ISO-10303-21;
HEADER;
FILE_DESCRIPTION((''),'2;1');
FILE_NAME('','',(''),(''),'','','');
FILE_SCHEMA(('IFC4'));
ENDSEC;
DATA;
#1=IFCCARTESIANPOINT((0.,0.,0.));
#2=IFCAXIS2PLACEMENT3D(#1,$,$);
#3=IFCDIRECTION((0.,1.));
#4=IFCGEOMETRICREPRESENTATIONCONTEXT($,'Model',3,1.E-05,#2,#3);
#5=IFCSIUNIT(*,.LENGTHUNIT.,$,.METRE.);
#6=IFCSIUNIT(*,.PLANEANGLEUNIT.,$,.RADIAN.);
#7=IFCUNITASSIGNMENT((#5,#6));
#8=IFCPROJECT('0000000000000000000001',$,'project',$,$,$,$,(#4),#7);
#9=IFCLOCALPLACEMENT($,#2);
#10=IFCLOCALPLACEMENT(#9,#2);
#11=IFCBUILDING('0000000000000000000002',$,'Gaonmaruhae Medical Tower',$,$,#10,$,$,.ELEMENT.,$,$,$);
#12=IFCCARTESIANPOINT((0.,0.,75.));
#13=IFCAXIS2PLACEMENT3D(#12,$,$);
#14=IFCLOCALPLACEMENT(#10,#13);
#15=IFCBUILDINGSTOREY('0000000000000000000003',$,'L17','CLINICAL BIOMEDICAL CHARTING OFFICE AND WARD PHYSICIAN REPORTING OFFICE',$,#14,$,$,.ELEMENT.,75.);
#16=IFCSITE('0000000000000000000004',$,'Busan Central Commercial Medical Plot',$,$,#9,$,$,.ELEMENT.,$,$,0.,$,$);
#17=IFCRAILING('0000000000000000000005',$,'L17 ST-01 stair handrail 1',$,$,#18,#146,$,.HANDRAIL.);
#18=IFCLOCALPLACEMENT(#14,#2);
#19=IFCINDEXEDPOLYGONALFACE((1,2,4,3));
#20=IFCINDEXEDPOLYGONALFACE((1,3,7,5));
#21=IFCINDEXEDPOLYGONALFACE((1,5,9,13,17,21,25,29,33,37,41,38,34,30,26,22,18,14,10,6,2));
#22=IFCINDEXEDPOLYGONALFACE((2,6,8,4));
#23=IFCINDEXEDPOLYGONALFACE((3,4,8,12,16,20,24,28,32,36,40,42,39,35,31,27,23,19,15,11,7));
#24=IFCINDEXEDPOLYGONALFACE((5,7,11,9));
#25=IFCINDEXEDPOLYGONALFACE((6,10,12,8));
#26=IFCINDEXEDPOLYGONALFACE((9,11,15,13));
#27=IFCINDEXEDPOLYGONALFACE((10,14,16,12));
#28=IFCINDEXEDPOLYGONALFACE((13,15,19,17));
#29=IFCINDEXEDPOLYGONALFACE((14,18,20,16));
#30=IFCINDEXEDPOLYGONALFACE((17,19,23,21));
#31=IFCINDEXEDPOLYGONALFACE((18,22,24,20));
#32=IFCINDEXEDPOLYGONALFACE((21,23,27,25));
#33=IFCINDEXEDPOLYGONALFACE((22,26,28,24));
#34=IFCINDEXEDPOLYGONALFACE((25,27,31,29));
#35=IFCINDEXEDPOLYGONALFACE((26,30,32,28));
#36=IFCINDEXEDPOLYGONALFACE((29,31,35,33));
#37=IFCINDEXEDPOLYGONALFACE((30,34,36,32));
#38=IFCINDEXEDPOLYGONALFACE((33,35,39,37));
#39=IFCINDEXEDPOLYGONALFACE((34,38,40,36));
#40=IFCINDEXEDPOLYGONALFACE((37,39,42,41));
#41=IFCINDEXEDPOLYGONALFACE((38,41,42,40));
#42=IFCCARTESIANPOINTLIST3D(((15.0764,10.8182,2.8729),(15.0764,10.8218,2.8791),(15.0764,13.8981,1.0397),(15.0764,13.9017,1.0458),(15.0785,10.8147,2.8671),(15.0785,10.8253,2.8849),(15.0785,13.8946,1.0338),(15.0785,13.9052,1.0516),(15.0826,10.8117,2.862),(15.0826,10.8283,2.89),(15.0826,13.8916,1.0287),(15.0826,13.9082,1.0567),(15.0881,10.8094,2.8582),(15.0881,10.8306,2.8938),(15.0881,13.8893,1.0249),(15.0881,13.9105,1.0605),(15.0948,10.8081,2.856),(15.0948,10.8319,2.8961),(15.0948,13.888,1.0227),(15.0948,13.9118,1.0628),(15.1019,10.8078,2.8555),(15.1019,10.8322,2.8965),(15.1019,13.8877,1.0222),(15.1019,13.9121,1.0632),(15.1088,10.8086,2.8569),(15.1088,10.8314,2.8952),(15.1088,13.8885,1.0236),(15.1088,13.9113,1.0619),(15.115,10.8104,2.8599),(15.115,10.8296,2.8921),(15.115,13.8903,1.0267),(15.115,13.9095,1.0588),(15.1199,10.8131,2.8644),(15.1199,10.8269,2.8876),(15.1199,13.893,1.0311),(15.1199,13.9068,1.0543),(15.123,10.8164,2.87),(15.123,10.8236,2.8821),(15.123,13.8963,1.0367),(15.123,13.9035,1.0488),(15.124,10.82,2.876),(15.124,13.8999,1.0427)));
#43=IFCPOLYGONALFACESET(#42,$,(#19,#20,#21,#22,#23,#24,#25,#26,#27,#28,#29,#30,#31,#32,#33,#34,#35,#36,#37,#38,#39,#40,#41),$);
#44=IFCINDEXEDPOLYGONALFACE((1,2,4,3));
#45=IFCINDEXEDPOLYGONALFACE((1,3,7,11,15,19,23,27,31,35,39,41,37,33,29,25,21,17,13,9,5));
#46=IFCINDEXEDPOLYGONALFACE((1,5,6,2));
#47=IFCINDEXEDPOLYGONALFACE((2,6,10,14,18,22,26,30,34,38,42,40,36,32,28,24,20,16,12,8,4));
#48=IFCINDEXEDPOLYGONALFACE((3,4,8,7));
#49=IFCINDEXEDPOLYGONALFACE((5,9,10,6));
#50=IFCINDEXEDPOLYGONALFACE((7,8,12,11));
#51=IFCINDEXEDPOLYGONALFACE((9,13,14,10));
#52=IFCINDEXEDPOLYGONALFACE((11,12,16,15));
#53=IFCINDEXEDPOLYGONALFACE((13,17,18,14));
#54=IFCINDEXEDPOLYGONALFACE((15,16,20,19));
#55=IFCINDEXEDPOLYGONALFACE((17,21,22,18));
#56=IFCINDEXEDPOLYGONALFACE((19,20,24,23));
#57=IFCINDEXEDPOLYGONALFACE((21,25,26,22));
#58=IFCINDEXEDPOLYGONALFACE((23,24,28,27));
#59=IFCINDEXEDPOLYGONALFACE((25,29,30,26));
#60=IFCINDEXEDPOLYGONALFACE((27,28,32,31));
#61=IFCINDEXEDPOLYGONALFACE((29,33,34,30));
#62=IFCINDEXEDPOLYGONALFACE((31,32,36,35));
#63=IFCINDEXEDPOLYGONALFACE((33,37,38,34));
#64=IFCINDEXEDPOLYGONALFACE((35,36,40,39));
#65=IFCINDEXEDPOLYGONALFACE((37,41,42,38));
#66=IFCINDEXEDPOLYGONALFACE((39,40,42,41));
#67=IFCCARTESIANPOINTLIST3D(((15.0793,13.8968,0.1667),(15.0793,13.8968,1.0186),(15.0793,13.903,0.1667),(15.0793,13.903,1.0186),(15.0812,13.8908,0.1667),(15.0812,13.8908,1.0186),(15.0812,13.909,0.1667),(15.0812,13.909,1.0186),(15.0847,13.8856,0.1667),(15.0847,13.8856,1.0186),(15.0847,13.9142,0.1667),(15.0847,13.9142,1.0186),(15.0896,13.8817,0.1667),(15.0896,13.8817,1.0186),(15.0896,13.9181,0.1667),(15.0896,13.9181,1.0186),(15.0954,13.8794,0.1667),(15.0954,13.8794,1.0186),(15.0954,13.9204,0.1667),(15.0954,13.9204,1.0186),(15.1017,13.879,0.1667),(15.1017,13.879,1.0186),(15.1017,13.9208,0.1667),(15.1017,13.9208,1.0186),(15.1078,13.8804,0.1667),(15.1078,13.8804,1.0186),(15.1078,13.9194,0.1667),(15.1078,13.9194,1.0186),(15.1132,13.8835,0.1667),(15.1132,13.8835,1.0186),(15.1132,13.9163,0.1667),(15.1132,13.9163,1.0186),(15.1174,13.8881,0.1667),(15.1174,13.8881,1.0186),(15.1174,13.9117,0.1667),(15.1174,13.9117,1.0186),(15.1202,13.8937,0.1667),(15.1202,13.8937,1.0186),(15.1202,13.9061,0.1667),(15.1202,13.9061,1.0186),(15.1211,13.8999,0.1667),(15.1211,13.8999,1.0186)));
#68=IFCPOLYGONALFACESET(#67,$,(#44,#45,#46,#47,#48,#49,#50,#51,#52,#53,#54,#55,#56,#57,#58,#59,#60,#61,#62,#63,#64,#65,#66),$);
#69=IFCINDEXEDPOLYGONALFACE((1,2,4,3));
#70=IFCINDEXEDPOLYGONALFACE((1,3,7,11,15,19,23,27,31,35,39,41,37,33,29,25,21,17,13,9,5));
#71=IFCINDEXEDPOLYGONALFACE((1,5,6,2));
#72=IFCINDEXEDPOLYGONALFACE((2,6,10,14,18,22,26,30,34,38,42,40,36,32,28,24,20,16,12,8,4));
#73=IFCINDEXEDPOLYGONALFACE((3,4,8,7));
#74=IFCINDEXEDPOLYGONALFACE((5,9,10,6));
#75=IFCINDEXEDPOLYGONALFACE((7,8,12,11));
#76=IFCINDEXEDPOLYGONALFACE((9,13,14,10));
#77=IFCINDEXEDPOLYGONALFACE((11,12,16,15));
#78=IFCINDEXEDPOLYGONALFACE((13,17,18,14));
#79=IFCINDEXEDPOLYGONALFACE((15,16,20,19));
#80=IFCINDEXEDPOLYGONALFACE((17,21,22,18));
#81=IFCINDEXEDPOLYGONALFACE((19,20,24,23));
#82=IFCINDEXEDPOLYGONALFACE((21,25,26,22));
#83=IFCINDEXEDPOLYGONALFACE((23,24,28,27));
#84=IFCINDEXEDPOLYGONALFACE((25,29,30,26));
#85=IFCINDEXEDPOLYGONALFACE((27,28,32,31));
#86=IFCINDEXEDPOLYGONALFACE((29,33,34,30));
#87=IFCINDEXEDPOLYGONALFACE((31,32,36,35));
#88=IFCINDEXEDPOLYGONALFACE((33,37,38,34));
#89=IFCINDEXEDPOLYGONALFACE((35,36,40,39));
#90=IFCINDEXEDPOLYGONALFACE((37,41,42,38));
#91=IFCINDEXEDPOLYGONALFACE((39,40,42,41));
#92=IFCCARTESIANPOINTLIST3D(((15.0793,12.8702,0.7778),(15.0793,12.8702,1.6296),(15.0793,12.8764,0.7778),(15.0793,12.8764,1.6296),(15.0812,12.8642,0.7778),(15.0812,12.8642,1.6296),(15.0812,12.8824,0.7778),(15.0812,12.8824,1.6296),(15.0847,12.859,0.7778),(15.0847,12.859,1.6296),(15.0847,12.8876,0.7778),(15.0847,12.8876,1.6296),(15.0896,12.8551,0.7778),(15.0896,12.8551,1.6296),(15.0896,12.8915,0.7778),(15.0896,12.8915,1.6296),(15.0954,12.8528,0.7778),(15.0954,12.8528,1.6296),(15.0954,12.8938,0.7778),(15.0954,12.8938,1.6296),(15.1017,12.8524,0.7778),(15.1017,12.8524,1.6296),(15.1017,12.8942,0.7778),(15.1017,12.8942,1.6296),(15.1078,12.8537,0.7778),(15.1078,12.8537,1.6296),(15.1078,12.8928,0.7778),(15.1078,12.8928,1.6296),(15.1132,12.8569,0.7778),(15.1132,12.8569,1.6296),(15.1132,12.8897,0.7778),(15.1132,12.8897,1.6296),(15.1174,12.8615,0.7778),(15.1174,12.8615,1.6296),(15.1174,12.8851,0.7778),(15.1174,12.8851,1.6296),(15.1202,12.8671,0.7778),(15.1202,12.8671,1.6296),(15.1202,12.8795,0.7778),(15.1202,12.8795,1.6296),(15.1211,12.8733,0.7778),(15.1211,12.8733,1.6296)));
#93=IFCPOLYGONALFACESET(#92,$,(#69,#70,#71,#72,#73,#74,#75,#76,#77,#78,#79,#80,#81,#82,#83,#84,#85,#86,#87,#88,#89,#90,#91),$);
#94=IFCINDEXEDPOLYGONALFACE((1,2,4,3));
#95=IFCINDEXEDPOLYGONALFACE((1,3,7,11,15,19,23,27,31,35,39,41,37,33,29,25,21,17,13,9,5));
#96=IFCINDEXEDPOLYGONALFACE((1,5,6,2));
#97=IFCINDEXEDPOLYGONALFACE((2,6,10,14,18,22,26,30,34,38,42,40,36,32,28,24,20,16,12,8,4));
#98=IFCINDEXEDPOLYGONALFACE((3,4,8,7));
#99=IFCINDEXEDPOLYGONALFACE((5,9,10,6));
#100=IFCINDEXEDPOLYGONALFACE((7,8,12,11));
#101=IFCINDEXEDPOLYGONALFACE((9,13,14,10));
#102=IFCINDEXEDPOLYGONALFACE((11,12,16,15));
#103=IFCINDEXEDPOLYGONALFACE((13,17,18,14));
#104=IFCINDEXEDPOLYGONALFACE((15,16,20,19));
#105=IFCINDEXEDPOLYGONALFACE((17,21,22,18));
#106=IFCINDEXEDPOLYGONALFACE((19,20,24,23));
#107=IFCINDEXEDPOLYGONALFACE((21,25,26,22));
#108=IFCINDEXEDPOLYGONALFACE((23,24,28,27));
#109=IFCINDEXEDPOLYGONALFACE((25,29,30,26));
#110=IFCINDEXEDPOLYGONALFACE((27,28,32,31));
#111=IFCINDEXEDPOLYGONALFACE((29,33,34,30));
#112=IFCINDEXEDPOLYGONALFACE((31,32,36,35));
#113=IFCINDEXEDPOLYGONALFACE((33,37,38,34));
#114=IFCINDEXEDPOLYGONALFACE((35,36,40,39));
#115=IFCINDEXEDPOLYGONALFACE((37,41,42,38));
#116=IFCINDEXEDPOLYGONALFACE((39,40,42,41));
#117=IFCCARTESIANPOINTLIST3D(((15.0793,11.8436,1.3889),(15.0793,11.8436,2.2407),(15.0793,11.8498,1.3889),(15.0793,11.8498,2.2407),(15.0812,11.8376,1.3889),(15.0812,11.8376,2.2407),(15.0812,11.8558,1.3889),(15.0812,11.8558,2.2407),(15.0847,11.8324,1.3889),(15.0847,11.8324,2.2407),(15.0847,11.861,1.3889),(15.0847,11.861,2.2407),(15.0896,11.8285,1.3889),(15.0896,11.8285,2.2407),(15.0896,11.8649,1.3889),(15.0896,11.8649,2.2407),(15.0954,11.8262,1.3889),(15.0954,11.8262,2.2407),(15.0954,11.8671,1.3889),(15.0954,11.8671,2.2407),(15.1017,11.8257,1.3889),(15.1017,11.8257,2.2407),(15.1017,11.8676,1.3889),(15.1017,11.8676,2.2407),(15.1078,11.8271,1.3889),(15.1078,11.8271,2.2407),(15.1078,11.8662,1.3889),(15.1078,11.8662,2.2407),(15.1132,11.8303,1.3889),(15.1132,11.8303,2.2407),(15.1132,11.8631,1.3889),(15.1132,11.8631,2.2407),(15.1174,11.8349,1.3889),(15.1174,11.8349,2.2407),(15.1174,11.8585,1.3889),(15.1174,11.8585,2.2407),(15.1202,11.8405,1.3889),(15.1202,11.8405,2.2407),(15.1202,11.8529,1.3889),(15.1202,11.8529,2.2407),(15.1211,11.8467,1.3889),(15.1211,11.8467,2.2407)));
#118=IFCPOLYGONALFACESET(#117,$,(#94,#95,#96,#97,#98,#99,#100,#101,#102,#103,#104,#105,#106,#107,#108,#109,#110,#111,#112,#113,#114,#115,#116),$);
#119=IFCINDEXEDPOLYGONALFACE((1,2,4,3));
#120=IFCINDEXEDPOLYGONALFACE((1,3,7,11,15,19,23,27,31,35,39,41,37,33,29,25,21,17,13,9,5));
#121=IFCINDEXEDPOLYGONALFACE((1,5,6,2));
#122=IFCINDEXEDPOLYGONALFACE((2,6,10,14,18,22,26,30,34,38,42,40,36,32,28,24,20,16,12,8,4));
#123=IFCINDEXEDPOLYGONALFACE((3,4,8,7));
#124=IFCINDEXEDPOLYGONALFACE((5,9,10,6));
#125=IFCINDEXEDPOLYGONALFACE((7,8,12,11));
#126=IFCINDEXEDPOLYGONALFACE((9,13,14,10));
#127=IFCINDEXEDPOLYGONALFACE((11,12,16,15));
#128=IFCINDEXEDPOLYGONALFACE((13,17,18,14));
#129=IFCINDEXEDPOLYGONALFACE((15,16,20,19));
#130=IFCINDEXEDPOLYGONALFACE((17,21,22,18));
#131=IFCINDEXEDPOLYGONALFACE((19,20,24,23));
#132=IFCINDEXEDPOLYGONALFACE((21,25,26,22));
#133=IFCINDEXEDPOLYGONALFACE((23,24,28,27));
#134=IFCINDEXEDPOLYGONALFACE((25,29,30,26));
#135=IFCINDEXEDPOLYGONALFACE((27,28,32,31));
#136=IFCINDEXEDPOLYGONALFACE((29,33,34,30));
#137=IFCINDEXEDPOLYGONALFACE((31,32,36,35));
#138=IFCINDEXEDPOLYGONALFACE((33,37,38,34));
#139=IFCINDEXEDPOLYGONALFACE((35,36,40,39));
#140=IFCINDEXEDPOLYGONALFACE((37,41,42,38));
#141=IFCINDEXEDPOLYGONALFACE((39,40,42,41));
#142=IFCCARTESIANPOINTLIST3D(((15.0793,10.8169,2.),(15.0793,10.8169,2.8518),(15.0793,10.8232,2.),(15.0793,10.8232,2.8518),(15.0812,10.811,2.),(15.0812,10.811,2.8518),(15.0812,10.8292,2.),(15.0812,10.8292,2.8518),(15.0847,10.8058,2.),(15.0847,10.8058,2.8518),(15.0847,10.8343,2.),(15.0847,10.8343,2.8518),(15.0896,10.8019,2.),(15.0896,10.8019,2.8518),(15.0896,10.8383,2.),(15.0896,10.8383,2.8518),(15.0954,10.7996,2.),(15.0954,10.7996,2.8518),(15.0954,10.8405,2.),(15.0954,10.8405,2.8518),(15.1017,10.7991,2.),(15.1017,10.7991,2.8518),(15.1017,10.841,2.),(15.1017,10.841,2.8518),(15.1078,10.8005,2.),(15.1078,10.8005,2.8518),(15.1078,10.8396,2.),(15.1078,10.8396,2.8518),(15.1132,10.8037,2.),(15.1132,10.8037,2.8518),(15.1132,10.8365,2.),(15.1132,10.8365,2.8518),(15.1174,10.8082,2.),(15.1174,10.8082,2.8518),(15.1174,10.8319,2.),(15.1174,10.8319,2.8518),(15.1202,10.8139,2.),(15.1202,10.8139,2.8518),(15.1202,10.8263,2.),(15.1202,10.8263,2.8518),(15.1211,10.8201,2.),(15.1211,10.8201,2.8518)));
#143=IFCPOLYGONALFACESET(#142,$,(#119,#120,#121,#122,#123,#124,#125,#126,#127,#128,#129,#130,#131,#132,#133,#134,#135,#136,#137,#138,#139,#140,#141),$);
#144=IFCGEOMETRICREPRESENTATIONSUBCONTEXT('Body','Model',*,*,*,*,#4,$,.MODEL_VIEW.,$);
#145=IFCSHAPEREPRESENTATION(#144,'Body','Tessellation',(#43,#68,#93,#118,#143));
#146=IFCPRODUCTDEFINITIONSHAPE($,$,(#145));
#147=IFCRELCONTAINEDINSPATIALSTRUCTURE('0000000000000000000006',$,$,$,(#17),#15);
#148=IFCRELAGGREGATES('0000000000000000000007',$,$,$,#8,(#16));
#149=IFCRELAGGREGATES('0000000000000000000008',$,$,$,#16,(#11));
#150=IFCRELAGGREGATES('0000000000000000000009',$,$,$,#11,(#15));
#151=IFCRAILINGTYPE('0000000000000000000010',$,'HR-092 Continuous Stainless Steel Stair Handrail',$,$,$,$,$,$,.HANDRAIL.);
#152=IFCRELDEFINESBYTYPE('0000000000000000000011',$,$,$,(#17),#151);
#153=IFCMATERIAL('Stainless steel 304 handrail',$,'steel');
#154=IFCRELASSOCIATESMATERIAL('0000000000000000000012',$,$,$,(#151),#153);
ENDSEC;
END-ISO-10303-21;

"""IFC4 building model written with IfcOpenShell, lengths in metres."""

from ifc_helpers import new_model, si_unit, direction, frame, origin, origin_2d, place, context, subcontext, project, spatial, circle, extrude, material, type_object, element, save


model = new_model("IFC4")

# Units and contexts
model_context = context("Model", 3, precision=1e-05, world=origin(), true_north=direction((0.0, 1.0)))
body_context = subcontext(model_context, "Body", "Model", "MODEL_VIEW")
ifc_project = project(units=[si_unit("LENGTHUNIT", "METRE"), si_unit("PLANEANGLEUNIT", "RADIAN")], contexts=[model_context])

# Site, building, storey
site_placement = place(None, origin())
site = spatial("IfcSite", under=ifc_project, at=site_placement, Name="Busan Central Commercial Medical Plot", CompositionType="ELEMENT", RefElevation=0.0)
building_placement = place(site_placement, origin())
building = spatial("IfcBuilding", under=site, at=building_placement, Name="Gaonmaruhae Medical Tower", CompositionType="ELEMENT")
storey_placement = place(building_placement, frame((0.0, 0.0, 75.0)))
storey = spatial("IfcBuildingStorey", under=building, at=storey_placement, Name="L17", Description="CLINICAL BIOMEDICAL CHARTING OFFICE AND WARD PHYSICIAN REPORTING OFFICE", CompositionType="ELEMENT", Elevation=75.0)

# Railing
ifc_material_1 = material(Name="Stainless steel 304 handrail", Category="steel")
railing_type_1 = type_object("IfcRailingType", Name="HR-092 Continuous Stainless Steel Stair Handrail", PredefinedType="HANDRAIL", material=ifc_material_1)
railing_1_placement = place(storey_placement, frame((15.1001, 13.8999, 0.1667)))
element("IfcRailing", 1, at=railing_1_placement, inside=storey, type_object=railing_type_1, Name="L17 ST-01 stair handrail 1", PredefinedType="HANDRAIL", context=body_context, shape_type="SweptSolid", body=[
    extrude(circle(Radius=0.0239, at=origin_2d()), frame((0.0, 0.0, 0.876), z_axis=(0.0, -0.859291, 0.511487), x_axis=(1.0, 0.0, 0.0)), (0.0, 0.0, 1.0), 3.5842),
    extrude(circle(Radius=0.021, at=origin_2d()), origin(), (0.0, 0.0, 1.0), 0.8518),
    extrude(circle(Radius=0.021, at=origin_2d()), frame((0.0, -1.0266, 0.6111)), (0.0, 0.0, 1.0), 0.8518),
    extrude(circle(Radius=0.021, at=origin_2d()), frame((0.0, -2.0532, 1.2222)), (0.0, 0.0, 1.0), 0.8518),
    extrude(circle(Radius=0.021, at=origin_2d()), frame((0.0, -3.0798, 1.8333)), (0.0, 0.0, 1.0), 0.8518),
])

save(model, "model.ifc")
